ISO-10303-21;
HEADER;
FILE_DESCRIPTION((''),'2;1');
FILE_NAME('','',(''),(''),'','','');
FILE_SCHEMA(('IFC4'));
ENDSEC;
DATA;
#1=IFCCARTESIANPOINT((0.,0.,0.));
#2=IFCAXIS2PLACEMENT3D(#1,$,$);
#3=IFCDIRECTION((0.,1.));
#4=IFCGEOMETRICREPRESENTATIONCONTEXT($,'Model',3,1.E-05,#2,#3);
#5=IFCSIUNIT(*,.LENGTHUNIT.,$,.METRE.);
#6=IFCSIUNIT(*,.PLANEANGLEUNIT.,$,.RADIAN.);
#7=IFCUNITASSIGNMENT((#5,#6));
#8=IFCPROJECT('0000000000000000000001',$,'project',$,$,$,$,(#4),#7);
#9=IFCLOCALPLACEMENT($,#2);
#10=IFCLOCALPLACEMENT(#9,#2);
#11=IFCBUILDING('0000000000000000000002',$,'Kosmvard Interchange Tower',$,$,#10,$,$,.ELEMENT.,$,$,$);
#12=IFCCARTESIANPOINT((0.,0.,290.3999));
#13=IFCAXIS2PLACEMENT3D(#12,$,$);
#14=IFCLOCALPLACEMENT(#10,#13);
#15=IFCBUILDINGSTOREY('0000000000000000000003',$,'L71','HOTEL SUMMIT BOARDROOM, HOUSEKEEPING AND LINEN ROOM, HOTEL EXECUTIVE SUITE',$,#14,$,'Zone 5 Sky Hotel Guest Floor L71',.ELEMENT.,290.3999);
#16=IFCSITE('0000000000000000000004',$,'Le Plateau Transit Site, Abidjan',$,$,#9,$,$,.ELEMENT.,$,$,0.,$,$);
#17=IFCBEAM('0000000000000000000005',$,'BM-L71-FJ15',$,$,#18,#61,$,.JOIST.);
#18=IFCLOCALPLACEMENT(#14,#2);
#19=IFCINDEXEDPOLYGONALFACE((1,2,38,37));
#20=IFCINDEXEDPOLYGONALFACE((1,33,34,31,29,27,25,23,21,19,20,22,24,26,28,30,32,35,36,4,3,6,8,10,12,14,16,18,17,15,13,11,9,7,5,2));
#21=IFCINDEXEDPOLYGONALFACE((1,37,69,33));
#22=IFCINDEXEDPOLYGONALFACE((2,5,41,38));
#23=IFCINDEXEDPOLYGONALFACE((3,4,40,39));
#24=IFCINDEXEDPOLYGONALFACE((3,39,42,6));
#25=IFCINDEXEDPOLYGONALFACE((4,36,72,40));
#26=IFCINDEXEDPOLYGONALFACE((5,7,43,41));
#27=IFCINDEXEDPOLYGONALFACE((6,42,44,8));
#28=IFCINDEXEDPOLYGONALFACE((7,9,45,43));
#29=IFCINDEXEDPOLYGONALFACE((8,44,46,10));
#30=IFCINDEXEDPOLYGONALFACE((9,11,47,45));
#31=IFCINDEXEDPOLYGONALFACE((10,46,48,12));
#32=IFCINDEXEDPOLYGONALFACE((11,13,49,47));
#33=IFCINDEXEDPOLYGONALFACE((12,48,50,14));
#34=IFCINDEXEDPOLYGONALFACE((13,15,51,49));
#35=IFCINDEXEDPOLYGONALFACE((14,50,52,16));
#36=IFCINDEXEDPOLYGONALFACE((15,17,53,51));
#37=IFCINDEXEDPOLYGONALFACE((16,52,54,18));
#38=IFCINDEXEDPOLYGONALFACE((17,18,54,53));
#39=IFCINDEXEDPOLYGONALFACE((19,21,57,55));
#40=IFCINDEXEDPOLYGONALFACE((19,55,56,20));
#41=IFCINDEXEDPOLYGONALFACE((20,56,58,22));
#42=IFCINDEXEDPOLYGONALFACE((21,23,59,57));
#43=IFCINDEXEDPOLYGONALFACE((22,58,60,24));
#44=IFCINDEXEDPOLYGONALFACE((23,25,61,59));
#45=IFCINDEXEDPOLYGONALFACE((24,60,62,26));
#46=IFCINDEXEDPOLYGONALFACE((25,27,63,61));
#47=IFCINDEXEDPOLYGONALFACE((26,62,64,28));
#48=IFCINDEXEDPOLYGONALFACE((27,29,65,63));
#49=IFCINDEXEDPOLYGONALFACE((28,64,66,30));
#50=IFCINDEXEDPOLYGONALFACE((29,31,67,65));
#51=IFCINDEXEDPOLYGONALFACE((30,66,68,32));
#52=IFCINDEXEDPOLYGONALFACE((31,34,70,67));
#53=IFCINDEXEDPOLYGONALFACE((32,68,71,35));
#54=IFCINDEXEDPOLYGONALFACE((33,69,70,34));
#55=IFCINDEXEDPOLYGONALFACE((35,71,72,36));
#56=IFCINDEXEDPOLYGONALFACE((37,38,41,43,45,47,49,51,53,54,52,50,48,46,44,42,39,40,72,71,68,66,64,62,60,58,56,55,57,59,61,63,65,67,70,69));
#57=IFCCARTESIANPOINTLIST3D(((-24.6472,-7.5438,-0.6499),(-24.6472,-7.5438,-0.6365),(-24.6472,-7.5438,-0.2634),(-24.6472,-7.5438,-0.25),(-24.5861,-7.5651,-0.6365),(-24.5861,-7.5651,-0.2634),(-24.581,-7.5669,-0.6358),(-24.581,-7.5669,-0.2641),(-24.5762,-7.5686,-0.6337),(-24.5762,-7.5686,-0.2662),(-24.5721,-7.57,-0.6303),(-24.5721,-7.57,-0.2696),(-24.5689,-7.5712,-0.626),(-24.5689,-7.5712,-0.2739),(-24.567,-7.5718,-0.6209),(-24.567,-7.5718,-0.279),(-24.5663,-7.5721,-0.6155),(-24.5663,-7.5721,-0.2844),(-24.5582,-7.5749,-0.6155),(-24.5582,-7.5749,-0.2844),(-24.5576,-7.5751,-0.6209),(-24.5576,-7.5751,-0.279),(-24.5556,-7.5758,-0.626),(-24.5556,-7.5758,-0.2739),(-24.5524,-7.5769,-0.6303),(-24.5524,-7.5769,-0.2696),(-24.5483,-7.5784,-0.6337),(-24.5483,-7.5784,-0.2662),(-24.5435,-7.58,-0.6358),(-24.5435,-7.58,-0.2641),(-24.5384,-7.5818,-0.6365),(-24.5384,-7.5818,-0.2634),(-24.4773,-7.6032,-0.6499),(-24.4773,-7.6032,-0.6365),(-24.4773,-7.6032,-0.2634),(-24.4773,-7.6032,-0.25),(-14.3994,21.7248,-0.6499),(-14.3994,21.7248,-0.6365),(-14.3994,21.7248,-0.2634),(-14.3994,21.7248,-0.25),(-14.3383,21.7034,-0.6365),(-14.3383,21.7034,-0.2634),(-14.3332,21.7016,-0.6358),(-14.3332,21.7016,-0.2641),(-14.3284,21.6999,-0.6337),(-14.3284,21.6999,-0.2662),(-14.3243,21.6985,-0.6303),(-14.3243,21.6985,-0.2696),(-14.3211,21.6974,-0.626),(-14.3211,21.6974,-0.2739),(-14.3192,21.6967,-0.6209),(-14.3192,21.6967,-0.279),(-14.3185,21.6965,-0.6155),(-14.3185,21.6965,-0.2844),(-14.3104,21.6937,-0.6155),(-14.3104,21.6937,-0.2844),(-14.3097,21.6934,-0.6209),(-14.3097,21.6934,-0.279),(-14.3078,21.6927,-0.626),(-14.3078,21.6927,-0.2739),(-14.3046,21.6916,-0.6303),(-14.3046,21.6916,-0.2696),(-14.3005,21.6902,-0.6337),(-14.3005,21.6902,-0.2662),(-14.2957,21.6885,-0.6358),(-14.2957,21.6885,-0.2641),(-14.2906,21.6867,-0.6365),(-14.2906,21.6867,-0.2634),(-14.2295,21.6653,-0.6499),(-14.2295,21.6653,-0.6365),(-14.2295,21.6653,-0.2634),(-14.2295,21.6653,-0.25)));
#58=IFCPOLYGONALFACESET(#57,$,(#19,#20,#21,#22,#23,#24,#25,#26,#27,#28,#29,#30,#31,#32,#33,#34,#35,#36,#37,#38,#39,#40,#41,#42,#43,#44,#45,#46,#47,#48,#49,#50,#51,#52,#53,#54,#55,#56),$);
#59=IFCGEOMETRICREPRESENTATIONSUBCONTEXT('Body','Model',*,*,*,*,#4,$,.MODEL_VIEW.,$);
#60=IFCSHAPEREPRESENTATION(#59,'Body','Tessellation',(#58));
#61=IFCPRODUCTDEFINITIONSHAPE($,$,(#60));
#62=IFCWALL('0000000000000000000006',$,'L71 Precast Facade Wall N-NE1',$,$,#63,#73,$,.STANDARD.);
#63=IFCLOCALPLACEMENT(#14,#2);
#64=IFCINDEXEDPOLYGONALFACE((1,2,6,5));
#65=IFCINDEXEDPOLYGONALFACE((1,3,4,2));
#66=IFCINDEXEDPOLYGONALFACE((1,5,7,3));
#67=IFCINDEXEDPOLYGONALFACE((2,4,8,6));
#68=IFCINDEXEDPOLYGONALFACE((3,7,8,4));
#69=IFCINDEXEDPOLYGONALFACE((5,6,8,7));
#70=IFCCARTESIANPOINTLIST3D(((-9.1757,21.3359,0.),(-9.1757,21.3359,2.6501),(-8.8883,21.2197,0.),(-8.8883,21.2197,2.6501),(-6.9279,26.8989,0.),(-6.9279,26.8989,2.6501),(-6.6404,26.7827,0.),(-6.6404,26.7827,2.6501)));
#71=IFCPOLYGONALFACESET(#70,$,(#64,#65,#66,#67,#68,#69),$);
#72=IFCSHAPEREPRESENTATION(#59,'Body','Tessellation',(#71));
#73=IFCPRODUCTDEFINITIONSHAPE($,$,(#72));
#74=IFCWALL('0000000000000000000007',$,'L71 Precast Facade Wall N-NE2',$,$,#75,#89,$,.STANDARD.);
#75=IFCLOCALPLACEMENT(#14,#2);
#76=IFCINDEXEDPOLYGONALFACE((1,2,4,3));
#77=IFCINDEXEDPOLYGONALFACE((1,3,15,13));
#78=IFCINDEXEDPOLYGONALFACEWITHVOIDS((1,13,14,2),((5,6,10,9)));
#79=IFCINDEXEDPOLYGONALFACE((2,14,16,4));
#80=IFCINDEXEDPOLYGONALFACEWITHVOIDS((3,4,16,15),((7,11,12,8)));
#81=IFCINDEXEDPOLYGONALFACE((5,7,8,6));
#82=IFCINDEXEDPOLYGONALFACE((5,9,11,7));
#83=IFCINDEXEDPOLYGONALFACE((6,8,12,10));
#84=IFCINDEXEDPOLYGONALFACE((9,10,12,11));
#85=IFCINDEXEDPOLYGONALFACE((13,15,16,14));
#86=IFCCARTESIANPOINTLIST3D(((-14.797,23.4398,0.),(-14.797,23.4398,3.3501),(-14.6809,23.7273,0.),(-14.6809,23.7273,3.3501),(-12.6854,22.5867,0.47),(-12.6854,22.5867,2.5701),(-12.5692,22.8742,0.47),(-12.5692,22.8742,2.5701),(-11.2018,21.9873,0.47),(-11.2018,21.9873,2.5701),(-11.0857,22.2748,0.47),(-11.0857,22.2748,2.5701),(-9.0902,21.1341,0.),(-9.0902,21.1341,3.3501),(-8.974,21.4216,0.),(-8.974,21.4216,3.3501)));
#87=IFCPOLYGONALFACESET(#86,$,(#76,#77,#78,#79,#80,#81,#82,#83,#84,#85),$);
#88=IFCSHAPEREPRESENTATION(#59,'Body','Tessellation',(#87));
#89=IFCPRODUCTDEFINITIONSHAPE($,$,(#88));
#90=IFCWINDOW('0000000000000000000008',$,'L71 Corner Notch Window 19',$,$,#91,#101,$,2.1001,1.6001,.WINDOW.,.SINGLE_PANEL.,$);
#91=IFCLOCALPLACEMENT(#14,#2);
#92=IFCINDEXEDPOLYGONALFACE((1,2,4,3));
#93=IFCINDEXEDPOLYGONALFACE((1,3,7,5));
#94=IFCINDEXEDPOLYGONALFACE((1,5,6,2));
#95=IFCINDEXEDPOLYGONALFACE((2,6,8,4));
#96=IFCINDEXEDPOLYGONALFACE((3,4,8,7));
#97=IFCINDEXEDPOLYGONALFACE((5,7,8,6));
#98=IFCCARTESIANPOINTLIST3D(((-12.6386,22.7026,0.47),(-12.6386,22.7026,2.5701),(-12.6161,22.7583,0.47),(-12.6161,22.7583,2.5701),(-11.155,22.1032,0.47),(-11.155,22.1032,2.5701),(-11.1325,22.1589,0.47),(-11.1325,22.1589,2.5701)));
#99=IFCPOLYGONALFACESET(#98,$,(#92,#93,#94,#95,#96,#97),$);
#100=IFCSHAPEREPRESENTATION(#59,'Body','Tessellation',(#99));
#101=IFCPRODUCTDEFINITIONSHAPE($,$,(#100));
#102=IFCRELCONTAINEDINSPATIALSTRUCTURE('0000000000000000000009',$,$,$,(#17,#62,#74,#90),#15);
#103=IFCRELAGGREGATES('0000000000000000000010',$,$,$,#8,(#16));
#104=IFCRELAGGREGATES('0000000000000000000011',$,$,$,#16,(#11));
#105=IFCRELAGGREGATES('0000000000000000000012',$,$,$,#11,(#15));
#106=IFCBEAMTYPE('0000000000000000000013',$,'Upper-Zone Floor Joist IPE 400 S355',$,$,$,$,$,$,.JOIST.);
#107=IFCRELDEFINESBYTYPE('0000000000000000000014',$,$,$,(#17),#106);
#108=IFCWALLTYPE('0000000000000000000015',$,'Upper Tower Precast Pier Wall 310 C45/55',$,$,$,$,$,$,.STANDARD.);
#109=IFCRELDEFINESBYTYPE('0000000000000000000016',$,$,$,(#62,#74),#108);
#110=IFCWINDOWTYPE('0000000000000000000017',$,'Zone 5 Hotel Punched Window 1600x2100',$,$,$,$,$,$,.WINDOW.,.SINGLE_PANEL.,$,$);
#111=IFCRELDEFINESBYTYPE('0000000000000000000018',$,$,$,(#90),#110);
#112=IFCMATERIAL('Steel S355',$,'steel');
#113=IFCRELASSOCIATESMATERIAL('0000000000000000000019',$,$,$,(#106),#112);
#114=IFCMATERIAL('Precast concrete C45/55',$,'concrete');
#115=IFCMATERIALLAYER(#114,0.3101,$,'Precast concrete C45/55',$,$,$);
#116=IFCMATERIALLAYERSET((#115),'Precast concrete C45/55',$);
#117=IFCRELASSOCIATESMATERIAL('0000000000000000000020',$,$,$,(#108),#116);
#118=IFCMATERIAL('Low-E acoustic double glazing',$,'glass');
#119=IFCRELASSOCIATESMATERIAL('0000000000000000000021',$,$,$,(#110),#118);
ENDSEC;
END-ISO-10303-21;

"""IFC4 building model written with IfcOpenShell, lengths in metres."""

from ifc_helpers import new_model, si_unit, direction, frame, frame_2d, origin, origin_2d, place, context, subcontext, project, spatial, rectangle, i_section, extrude, source, transform, mapped, material, layer, layer_set, material_profile, profile_set, type_object, element, fill, save


model = new_model("IFC4")

# Units and contexts
model_context = context("Model", 3, precision=1e-05, world=origin(), true_north=direction((0.0, 1.0)))
body_context = subcontext(model_context, "Body", "Model", "MODEL_VIEW")
ifc_project = project(units=[si_unit("LENGTHUNIT", "METRE"), si_unit("PLANEANGLEUNIT", "RADIAN")], contexts=[model_context])

# Site, building, storey
site_placement = place(None, origin())
site = spatial("IfcSite", under=ifc_project, at=site_placement, Name="Le Plateau Transit Site, Abidjan", CompositionType="ELEMENT", RefElevation=0.0)
building_placement = place(site_placement, origin())
building = spatial("IfcBuilding", under=site, at=building_placement, Name="Kosmvard Interchange Tower", CompositionType="ELEMENT")
storey_placement = place(building_placement, frame((0.0, 0.0, 290.3999)))
storey = spatial("IfcBuildingStorey", under=building, at=storey_placement, Name="L71", Description="HOTEL SUMMIT BOARDROOM, HOUSEKEEPING AND LINEN ROOM, HOTEL EXECUTIVE SUITE", LongName="Zone 5 Sky Hotel Guest Floor L71", CompositionType="ELEMENT", Elevation=290.3999)

# Beam
ifc_material_1 = material(Name="Steel S355", Category="steel")
ifc_material_2 = material(Name="Precast concrete C45/55", Category="concrete")
ifc_material_profile_1 = material_profile(ifc_material_1, i_section(OverallWidth=0.1799, OverallDepth=0.3999, WebThickness=0.0085, FlangeThickness=0.0134, FilletRadius=0.021, at=origin_2d()), Name="IPE 400")
ifc_profile_set_1 = profile_set([ifc_material_profile_1], Name="Steel S355")
beam_type_1 = type_object("IfcBeamType", Name="Upper-Zone Floor Joist IPE 400 S355", PredefinedType="JOIST", material=ifc_profile_set_1)
shared_shape_1 = source(origin(), body_context, "Body", "SweptSolid", [
    extrude(i_section(OverallWidth=0.1799, OverallDepth=0.3999, WebThickness=0.0085, FlangeThickness=0.0134, FilletRadius=0.021, at=origin_2d()), origin(), (0.0, 0.0, 1.0), 31.0107),
])
beam_1_placement = place(storey_placement, frame((-14.3145, 21.6951, -0.45), z_axis=(-0.33046, -0.94382, 0.0), x_axis=(0.94382, -0.33046, 0.0)))
element("IfcBeam", 1, at=beam_1_placement, inside=storey, type_object=beam_type_1, Name="BM-L71-FJ15", PredefinedType="JOIST", context=body_context, shape_type="MappedRepresentation", body=[
    mapped(shared_shape_1, transform((0.0, 0.0, 0.0), scale=1.0)),
])

# Wall
ifc_layer_1 = layer(ifc_material_2, 0.3101, Name="Precast concrete C45/55")
ifc_layer_set_1 = layer_set([ifc_layer_1], Name="Precast concrete C45/55")
wall_type_1 = type_object("IfcWallType", Name="Upper Tower Precast Pier Wall 310 C45/55", PredefinedType="STANDARD", material=ifc_layer_set_1)
wall_1_placement = place(storey_placement, frame((-6.7842, 26.8408, 0.0), z_axis=(0.0, 0.0, 1.0), x_axis=(-0.374637, -0.927172, 0.0)))
element("IfcWall", 2, at=wall_1_placement, inside=storey, type_object=wall_type_1, Name="L71 Precast Facade Wall N-NE1", PredefinedType="STANDARD", context=body_context, shape_type="SweptSolid", body=[
    extrude(rectangle(XDim=6.0, YDim=0.3101, at=frame_2d((3.0, 0.0))), origin(), (0.0, 0.0, 1.0), 2.6501),
])

# Wall, opening, window
wall_2_placement = place(storey_placement, frame((-9.032, 21.2778, 0.0), z_axis=(0.0, 0.0, 1.0), x_axis=(-0.927185, 0.374603, 0.0)))
wall_2 = element("IfcWall", 3, at=wall_2_placement, inside=storey, type_object=wall_type_1, Name="L71 Precast Facade Wall N-NE2", PredefinedType="STANDARD", context=body_context, shape_type="SweptSolid", body=[
    extrude(rectangle(XDim=6.155, YDim=0.3101, at=frame_2d((3.0776, 0.0))), origin(), (0.0, 0.0, 1.0), 3.3501),
])
opening_1_placement = place(wall_2_placement, frame((2.2776, 0.0, 0.47)))
opening_1 = element("IfcOpeningElement", 4, at=opening_1_placement, cuts=wall_2, PredefinedType="OPENING", context=body_context, shape_type="SweptSolid", body=[
    extrude(rectangle(XDim=1.6001, YDim=2.1001, at=frame_2d((0.8, 1.05))), frame((0.0, 0.165, 0.0), z_axis=(0.0, -1.0, 0.0), x_axis=(1.0, 0.0, 0.0)), (0.0, 0.0, 1.0), 0.3301),
])
ifc_material_3 = material(Name="Low-E acoustic double glazing", Category="glass")
window_type = type_object("IfcWindowType", Name="Zone 5 Hotel Punched Window 1600x2100", PartitioningType="SINGLE_PANEL", PredefinedType="WINDOW", material=ifc_material_3)
shared_shape_2 = source(origin(), body_context, "Body", "SweptSolid", [
    extrude(rectangle(XDim=1.6001, YDim=2.1001, at=frame_2d((0.8, 1.05))), frame((0.0, 0.03, 0.0), z_axis=(0.0, -1.0, 0.0), x_axis=(1.0, 0.0, 0.0)), (0.0, 0.0, 1.0), 0.0601),
])
window_1_placement = place(opening_1_placement, origin())
window_1 = element("IfcWindow", 5, at=window_1_placement, inside=storey, type_object=window_type, Name="L71 Corner Notch Window 19", OverallHeight=2.1001, OverallWidth=1.6001, PartitioningType="SINGLE_PANEL", PredefinedType="WINDOW", context=body_context, shape_type="MappedRepresentation", body=[
    mapped(shared_shape_2, transform((0.0, 0.0, 0.0), scale=1.0)),
])
fill(opening_1, window_1)

save(model, "model.ifc")
